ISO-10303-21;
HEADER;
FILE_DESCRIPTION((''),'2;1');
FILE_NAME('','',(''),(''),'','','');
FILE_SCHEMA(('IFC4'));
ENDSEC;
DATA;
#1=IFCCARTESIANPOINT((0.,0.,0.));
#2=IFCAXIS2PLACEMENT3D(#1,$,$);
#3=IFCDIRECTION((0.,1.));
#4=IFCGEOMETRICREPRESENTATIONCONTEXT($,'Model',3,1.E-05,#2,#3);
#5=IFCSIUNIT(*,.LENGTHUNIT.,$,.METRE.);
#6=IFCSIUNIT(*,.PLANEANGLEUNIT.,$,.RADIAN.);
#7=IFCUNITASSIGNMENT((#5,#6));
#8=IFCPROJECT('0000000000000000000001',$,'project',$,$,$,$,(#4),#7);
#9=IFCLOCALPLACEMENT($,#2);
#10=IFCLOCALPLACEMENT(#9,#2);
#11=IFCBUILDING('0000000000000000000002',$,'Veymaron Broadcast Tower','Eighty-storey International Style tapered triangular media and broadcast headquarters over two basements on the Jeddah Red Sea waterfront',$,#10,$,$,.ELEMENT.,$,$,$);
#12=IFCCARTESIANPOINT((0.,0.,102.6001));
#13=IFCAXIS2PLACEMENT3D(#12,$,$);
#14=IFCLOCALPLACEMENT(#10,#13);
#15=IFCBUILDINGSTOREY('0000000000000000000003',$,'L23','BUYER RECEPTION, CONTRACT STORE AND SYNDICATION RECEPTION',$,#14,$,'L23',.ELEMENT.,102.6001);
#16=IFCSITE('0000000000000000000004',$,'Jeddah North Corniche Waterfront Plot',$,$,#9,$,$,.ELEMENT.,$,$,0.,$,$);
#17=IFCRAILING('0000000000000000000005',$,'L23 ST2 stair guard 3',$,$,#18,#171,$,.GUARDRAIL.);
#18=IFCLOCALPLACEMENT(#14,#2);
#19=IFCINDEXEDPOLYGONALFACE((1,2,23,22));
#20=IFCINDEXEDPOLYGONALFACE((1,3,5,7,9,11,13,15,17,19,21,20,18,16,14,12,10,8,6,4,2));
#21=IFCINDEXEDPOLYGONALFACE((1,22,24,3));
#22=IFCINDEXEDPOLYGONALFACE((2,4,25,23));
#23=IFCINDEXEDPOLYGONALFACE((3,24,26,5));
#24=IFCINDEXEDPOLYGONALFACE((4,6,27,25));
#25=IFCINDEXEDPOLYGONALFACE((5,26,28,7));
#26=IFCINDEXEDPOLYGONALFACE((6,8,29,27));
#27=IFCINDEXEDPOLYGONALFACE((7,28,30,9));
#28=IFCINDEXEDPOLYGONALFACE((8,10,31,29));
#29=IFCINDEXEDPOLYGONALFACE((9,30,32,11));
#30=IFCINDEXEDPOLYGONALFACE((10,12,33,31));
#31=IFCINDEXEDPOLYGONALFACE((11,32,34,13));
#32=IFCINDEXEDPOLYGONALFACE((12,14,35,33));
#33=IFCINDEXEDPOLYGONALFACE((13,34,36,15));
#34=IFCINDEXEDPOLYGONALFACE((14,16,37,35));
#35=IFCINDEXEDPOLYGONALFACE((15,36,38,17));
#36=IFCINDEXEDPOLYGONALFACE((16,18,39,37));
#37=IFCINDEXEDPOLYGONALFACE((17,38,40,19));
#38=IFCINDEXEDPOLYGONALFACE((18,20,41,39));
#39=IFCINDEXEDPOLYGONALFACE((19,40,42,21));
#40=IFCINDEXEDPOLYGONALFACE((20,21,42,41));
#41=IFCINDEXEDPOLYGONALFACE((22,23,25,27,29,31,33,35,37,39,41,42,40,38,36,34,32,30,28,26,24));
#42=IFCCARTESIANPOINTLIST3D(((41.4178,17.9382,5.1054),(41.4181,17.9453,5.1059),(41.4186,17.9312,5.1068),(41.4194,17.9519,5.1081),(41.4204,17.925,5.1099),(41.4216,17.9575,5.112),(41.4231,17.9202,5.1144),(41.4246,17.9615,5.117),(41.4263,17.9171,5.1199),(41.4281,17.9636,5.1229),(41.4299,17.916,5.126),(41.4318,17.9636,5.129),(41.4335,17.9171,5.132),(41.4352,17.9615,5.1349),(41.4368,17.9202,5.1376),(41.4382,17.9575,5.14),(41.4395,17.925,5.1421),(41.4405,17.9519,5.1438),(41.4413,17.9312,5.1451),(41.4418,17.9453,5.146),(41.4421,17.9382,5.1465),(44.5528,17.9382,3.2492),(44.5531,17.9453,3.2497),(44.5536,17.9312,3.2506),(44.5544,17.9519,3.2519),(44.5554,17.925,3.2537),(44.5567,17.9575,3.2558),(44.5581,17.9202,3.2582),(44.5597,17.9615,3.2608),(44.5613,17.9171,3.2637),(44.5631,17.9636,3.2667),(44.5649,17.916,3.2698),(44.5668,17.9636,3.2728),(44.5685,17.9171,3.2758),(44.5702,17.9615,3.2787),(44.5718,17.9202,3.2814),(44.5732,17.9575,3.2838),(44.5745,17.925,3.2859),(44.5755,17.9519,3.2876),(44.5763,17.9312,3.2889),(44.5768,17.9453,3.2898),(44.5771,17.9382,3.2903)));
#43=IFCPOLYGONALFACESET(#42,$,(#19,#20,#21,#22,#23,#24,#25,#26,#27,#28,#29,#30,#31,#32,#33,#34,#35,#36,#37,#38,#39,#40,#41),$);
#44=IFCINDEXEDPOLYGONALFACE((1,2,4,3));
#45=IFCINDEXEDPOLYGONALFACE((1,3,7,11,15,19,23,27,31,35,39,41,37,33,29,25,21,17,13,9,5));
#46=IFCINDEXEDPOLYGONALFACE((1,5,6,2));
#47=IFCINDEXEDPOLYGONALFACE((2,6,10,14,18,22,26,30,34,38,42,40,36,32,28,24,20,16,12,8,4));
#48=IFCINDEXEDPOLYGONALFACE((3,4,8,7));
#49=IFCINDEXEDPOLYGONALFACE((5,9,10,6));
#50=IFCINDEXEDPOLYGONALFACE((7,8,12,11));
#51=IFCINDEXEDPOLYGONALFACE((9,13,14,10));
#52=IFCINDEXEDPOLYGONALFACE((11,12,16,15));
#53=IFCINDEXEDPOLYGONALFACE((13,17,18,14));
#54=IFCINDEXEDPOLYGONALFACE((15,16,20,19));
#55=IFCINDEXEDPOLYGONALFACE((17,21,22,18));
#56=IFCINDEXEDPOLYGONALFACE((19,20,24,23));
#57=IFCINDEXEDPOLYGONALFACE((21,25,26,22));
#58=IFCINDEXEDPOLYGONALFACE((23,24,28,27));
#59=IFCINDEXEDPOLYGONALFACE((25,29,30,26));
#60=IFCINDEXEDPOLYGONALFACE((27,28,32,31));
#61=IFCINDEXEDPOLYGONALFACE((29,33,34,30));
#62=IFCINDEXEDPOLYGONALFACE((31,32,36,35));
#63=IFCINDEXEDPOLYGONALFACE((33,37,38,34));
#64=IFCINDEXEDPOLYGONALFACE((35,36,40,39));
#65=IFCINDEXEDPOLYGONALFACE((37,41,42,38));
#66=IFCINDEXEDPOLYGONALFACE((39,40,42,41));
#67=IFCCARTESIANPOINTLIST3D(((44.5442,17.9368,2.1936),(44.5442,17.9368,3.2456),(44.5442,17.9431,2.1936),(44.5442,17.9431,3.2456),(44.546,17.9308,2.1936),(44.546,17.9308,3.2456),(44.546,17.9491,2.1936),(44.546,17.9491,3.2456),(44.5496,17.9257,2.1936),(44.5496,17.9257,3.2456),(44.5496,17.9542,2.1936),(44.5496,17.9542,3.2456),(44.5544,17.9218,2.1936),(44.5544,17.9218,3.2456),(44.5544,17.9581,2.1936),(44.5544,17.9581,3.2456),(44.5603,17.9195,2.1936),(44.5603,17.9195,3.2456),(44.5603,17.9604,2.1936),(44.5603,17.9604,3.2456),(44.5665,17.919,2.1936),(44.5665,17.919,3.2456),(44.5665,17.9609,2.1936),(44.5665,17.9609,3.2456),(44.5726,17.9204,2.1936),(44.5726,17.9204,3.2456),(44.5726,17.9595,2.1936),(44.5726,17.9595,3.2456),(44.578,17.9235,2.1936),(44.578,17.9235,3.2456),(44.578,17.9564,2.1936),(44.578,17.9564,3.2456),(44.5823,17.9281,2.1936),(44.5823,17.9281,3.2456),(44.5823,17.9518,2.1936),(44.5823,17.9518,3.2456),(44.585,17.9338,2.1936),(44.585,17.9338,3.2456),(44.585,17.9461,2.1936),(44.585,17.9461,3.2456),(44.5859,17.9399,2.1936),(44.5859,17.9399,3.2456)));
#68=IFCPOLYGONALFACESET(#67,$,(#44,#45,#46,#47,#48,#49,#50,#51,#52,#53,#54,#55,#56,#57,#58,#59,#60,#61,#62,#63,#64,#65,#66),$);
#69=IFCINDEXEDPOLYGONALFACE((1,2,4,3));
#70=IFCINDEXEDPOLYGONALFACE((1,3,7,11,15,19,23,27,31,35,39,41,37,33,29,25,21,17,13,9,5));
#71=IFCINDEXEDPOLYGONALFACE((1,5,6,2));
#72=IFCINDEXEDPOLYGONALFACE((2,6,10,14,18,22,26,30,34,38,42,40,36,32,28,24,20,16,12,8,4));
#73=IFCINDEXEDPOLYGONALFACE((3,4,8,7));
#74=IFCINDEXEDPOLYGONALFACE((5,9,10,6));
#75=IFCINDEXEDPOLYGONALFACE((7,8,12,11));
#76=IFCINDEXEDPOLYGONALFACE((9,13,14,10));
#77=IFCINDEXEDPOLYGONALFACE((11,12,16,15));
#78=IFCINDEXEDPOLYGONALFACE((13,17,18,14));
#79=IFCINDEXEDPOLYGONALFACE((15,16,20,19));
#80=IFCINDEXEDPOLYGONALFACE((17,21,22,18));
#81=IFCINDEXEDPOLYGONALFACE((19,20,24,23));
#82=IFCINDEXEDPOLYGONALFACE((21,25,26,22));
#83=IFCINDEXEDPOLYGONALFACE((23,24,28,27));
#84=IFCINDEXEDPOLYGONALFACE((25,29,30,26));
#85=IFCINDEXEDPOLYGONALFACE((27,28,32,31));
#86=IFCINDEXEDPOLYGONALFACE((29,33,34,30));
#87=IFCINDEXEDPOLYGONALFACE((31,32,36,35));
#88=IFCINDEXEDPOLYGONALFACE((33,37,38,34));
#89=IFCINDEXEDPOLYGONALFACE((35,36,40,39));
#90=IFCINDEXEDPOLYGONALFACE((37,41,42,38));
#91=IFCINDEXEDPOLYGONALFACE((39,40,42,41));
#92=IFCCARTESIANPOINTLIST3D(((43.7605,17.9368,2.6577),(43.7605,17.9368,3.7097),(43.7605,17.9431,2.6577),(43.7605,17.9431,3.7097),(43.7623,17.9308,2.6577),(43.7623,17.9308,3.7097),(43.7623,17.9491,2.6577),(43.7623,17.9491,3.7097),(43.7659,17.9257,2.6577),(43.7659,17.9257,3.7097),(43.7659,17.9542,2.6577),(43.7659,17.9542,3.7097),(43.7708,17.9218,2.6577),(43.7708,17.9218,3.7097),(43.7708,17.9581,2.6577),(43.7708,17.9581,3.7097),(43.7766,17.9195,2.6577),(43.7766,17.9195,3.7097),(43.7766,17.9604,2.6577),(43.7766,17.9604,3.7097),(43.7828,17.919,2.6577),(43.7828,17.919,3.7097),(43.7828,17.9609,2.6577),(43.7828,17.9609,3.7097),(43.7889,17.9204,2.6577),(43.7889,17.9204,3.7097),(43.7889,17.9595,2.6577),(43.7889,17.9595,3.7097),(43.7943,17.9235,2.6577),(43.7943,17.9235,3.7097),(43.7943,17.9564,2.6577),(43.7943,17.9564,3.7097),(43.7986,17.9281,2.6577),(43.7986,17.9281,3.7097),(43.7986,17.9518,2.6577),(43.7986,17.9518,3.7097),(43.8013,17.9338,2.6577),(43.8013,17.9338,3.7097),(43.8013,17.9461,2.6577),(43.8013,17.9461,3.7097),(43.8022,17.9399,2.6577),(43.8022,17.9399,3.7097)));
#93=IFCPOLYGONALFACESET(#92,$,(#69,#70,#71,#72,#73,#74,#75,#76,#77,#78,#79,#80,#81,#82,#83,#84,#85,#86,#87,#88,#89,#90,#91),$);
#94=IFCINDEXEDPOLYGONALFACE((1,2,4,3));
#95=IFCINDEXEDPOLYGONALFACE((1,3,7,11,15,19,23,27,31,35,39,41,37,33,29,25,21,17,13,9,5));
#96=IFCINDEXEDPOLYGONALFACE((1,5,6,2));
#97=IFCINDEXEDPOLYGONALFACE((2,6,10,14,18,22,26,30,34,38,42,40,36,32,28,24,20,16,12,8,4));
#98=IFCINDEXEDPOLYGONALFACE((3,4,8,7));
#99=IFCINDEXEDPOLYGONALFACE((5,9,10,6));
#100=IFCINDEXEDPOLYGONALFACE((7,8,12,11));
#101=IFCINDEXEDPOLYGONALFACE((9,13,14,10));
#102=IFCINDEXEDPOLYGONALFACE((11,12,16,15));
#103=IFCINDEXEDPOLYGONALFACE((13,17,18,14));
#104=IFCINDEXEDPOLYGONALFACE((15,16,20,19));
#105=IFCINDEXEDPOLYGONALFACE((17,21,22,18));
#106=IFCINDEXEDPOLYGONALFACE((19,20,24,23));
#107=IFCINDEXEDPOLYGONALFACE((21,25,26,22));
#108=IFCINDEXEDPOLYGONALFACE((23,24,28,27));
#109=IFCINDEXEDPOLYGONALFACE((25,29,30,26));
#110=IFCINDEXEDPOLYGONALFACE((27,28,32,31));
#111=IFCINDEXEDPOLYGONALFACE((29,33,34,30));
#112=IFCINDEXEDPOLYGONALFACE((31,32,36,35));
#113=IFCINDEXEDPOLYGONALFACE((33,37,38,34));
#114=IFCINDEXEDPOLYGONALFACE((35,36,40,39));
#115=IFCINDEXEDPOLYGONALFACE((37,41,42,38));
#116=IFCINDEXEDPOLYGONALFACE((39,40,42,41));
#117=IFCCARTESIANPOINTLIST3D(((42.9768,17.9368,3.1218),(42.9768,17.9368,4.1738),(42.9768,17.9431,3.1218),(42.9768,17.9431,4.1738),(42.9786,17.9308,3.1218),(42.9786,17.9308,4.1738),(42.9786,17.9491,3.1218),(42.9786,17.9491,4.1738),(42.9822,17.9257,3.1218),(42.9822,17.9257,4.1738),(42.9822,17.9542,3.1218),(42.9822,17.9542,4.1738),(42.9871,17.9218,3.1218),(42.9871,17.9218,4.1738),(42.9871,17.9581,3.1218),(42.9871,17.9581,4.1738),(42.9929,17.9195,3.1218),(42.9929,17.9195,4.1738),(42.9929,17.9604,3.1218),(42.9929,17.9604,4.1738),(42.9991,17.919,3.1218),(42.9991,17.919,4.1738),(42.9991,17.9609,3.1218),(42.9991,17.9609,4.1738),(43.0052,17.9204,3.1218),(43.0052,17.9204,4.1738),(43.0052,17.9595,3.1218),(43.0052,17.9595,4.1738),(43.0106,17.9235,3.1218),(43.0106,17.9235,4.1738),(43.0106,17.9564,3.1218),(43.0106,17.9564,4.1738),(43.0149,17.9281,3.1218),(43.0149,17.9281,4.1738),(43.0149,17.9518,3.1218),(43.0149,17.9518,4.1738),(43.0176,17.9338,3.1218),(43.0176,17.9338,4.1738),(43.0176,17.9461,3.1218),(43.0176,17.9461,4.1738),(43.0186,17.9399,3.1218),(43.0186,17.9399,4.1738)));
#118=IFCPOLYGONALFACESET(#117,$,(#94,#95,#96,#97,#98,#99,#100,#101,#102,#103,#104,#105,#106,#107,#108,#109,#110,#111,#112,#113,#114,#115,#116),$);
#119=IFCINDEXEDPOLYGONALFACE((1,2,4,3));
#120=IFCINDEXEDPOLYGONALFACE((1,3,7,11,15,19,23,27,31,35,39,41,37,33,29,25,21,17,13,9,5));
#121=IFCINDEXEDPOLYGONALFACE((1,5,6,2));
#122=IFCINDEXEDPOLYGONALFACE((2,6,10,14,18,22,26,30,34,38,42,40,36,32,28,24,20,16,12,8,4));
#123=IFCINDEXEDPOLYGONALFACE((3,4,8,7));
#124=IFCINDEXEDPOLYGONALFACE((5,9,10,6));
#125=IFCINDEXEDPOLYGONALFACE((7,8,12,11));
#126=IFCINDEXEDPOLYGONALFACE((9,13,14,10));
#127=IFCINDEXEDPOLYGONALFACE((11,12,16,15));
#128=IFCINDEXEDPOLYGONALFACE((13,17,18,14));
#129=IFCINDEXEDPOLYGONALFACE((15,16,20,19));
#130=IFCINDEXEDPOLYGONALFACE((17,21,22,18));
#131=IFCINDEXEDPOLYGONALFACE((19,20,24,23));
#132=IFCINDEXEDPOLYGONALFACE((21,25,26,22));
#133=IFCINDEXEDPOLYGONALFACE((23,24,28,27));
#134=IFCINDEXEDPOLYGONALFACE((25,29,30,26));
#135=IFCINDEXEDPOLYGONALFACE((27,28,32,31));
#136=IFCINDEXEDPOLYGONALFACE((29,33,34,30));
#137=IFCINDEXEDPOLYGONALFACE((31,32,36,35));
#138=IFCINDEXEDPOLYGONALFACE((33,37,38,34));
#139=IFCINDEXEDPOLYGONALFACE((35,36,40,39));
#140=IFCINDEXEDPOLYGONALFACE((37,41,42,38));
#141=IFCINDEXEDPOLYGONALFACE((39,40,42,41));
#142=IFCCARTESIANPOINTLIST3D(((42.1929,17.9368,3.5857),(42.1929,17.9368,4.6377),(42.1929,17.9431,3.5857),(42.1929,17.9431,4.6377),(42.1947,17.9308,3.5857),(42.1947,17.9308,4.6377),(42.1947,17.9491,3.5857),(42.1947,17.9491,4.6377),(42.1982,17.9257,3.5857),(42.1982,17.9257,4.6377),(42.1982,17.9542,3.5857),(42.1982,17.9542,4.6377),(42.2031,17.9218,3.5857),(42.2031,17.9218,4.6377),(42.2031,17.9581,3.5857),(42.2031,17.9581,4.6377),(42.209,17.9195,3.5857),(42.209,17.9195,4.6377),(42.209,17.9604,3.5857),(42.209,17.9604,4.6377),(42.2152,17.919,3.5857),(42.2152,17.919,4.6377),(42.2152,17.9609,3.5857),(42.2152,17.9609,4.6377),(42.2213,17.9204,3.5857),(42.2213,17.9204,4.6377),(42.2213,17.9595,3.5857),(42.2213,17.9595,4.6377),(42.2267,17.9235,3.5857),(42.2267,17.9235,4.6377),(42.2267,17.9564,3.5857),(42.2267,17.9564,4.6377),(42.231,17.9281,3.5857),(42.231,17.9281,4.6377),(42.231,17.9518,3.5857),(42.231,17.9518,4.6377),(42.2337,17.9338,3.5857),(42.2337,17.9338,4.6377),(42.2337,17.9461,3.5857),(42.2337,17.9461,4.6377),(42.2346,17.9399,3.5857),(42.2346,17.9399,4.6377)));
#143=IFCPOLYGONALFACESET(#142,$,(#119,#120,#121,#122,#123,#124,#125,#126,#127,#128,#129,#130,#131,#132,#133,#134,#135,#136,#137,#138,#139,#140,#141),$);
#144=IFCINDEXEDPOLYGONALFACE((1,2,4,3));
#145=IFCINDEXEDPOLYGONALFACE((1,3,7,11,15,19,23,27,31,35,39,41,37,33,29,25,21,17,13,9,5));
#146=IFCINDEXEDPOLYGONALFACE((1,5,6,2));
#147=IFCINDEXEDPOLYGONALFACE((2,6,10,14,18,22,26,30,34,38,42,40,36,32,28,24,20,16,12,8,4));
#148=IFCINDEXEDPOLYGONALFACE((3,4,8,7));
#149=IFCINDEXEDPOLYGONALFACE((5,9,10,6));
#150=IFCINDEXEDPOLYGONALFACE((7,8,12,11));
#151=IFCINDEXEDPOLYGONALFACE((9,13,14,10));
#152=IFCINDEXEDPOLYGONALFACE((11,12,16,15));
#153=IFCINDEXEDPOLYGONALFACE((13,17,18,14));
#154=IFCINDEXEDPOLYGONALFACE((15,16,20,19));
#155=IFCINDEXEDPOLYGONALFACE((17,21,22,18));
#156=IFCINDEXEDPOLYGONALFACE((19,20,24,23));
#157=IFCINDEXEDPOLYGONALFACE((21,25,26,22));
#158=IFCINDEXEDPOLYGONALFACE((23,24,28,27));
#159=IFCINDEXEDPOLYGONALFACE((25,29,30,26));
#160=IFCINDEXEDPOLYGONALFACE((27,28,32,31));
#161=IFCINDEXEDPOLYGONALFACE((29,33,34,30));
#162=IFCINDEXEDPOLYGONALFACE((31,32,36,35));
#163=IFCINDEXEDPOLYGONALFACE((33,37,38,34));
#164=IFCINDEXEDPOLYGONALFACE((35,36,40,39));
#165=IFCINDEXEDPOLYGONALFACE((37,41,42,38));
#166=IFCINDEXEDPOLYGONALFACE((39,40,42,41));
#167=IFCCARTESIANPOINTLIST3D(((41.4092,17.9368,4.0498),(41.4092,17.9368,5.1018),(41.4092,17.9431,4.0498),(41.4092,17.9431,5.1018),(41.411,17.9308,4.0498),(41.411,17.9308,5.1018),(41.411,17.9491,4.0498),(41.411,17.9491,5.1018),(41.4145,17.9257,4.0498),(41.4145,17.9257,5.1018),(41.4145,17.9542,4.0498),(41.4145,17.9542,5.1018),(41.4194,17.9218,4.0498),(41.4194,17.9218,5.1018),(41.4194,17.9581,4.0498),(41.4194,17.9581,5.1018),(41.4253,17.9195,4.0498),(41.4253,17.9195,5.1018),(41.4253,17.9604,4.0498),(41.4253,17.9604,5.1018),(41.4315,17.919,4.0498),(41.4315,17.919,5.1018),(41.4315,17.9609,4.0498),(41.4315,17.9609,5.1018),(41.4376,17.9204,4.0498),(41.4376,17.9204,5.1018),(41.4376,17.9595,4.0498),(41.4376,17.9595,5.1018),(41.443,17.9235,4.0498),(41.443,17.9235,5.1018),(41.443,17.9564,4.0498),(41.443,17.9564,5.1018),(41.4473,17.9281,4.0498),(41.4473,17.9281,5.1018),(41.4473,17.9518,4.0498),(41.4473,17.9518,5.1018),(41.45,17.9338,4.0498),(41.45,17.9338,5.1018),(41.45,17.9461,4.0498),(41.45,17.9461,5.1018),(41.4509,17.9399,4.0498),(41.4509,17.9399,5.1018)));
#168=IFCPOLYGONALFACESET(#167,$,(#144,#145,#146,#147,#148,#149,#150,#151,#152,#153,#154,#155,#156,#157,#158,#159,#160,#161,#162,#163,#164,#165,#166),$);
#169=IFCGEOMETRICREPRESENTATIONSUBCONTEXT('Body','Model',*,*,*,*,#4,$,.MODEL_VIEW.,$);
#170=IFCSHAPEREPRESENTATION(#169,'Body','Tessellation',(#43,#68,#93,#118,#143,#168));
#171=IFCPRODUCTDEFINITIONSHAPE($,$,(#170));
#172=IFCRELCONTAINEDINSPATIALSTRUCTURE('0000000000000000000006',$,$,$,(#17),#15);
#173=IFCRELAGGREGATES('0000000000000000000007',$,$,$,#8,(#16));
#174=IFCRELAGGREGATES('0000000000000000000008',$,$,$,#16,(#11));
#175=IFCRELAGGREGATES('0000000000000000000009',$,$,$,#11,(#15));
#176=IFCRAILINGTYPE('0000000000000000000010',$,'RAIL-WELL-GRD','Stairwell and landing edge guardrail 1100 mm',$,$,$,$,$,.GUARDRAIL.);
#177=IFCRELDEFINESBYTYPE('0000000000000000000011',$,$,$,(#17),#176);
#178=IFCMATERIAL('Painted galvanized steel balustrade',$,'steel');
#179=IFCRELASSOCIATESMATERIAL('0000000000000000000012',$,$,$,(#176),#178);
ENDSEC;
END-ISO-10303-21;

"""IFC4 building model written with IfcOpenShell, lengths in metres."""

from ifc_helpers import new_model, si_unit, direction, frame, origin, origin_2d, place, context, subcontext, project, spatial, circle, extrude, material, type_object, element, save


model = new_model("IFC4")

# Units and contexts
model_context = context("Model", 3, precision=1e-05, world=origin(), true_north=direction((0.0, 1.0)))
body_context = subcontext(model_context, "Body", "Model", "MODEL_VIEW")
ifc_project = project(units=[si_unit("LENGTHUNIT", "METRE"), si_unit("PLANEANGLEUNIT", "RADIAN")], contexts=[model_context])

# Site, building, storey
site_placement = place(None, origin())
site = spatial("IfcSite", under=ifc_project, at=site_placement, Name="Jeddah North Corniche Waterfront Plot", CompositionType="ELEMENT", RefElevation=0.0)
building_placement = place(site_placement, origin())
building = spatial("IfcBuilding", under=site, at=building_placement, Name="Veymaron Broadcast Tower", Description="Eighty-storey International Style tapered triangular media and broadcast headquarters over two basements on the Jeddah Red Sea waterfront", CompositionType="ELEMENT")
storey_placement = place(building_placement, frame((0.0, 0.0, 102.6001)))
storey = spatial("IfcBuildingStorey", under=building, at=storey_placement, Name="L23", Description="BUYER RECEPTION, CONTRACT STORE AND SYNDICATION RECEPTION", LongName="L23", CompositionType="ELEMENT", Elevation=102.6001)

# Railing
ifc_material_1 = material(Name="Painted galvanized steel balustrade", Category="steel")
railing_type_1 = type_object("IfcRailingType", Name="RAIL-WELL-GRD", Description="Stairwell and landing edge guardrail 1100 mm", PredefinedType="GUARDRAIL", material=ifc_material_1)
railing_1_placement = place(storey_placement, frame((44.5649, 17.9399, 2.1936)))
element("IfcRailing", 1, at=railing_1_placement, inside=storey, type_object=railing_type_1, Name="L23 ST2 stair guard 3", PredefinedType="GUARDRAIL", context=body_context, shape_type="SweptSolid", body=[
    extrude(circle(Radius=0.0239, at=origin_2d()), frame((0.0, 0.0, 1.0762), z_axis=(-0.860482, 0.0, 0.509481), x_axis=(0.0, -1.0, 0.0)), (0.0, 0.0, 1.0), 3.6433),
    extrude(circle(Radius=0.021, at=origin_2d()), origin(), (0.0, 0.0, 1.0), 1.052),
    extrude(circle(Radius=0.021, at=origin_2d()), frame((-0.7837, 0.0, 0.4641)), (0.0, 0.0, 1.0), 1.052),
    extrude(circle(Radius=0.021, at=origin_2d()), frame((-1.5674, 0.0, 0.9282)), (0.0, 0.0, 1.0), 1.052),
    extrude(circle(Radius=0.021, at=origin_2d()), frame((-2.3513, 0.0, 1.3921)), (0.0, 0.0, 1.0), 1.052),
    extrude(circle(Radius=0.021, at=origin_2d()), frame((-3.135, 0.0, 1.8562)), (0.0, 0.0, 1.0), 1.052),
])

save(model, "model.ifc")
